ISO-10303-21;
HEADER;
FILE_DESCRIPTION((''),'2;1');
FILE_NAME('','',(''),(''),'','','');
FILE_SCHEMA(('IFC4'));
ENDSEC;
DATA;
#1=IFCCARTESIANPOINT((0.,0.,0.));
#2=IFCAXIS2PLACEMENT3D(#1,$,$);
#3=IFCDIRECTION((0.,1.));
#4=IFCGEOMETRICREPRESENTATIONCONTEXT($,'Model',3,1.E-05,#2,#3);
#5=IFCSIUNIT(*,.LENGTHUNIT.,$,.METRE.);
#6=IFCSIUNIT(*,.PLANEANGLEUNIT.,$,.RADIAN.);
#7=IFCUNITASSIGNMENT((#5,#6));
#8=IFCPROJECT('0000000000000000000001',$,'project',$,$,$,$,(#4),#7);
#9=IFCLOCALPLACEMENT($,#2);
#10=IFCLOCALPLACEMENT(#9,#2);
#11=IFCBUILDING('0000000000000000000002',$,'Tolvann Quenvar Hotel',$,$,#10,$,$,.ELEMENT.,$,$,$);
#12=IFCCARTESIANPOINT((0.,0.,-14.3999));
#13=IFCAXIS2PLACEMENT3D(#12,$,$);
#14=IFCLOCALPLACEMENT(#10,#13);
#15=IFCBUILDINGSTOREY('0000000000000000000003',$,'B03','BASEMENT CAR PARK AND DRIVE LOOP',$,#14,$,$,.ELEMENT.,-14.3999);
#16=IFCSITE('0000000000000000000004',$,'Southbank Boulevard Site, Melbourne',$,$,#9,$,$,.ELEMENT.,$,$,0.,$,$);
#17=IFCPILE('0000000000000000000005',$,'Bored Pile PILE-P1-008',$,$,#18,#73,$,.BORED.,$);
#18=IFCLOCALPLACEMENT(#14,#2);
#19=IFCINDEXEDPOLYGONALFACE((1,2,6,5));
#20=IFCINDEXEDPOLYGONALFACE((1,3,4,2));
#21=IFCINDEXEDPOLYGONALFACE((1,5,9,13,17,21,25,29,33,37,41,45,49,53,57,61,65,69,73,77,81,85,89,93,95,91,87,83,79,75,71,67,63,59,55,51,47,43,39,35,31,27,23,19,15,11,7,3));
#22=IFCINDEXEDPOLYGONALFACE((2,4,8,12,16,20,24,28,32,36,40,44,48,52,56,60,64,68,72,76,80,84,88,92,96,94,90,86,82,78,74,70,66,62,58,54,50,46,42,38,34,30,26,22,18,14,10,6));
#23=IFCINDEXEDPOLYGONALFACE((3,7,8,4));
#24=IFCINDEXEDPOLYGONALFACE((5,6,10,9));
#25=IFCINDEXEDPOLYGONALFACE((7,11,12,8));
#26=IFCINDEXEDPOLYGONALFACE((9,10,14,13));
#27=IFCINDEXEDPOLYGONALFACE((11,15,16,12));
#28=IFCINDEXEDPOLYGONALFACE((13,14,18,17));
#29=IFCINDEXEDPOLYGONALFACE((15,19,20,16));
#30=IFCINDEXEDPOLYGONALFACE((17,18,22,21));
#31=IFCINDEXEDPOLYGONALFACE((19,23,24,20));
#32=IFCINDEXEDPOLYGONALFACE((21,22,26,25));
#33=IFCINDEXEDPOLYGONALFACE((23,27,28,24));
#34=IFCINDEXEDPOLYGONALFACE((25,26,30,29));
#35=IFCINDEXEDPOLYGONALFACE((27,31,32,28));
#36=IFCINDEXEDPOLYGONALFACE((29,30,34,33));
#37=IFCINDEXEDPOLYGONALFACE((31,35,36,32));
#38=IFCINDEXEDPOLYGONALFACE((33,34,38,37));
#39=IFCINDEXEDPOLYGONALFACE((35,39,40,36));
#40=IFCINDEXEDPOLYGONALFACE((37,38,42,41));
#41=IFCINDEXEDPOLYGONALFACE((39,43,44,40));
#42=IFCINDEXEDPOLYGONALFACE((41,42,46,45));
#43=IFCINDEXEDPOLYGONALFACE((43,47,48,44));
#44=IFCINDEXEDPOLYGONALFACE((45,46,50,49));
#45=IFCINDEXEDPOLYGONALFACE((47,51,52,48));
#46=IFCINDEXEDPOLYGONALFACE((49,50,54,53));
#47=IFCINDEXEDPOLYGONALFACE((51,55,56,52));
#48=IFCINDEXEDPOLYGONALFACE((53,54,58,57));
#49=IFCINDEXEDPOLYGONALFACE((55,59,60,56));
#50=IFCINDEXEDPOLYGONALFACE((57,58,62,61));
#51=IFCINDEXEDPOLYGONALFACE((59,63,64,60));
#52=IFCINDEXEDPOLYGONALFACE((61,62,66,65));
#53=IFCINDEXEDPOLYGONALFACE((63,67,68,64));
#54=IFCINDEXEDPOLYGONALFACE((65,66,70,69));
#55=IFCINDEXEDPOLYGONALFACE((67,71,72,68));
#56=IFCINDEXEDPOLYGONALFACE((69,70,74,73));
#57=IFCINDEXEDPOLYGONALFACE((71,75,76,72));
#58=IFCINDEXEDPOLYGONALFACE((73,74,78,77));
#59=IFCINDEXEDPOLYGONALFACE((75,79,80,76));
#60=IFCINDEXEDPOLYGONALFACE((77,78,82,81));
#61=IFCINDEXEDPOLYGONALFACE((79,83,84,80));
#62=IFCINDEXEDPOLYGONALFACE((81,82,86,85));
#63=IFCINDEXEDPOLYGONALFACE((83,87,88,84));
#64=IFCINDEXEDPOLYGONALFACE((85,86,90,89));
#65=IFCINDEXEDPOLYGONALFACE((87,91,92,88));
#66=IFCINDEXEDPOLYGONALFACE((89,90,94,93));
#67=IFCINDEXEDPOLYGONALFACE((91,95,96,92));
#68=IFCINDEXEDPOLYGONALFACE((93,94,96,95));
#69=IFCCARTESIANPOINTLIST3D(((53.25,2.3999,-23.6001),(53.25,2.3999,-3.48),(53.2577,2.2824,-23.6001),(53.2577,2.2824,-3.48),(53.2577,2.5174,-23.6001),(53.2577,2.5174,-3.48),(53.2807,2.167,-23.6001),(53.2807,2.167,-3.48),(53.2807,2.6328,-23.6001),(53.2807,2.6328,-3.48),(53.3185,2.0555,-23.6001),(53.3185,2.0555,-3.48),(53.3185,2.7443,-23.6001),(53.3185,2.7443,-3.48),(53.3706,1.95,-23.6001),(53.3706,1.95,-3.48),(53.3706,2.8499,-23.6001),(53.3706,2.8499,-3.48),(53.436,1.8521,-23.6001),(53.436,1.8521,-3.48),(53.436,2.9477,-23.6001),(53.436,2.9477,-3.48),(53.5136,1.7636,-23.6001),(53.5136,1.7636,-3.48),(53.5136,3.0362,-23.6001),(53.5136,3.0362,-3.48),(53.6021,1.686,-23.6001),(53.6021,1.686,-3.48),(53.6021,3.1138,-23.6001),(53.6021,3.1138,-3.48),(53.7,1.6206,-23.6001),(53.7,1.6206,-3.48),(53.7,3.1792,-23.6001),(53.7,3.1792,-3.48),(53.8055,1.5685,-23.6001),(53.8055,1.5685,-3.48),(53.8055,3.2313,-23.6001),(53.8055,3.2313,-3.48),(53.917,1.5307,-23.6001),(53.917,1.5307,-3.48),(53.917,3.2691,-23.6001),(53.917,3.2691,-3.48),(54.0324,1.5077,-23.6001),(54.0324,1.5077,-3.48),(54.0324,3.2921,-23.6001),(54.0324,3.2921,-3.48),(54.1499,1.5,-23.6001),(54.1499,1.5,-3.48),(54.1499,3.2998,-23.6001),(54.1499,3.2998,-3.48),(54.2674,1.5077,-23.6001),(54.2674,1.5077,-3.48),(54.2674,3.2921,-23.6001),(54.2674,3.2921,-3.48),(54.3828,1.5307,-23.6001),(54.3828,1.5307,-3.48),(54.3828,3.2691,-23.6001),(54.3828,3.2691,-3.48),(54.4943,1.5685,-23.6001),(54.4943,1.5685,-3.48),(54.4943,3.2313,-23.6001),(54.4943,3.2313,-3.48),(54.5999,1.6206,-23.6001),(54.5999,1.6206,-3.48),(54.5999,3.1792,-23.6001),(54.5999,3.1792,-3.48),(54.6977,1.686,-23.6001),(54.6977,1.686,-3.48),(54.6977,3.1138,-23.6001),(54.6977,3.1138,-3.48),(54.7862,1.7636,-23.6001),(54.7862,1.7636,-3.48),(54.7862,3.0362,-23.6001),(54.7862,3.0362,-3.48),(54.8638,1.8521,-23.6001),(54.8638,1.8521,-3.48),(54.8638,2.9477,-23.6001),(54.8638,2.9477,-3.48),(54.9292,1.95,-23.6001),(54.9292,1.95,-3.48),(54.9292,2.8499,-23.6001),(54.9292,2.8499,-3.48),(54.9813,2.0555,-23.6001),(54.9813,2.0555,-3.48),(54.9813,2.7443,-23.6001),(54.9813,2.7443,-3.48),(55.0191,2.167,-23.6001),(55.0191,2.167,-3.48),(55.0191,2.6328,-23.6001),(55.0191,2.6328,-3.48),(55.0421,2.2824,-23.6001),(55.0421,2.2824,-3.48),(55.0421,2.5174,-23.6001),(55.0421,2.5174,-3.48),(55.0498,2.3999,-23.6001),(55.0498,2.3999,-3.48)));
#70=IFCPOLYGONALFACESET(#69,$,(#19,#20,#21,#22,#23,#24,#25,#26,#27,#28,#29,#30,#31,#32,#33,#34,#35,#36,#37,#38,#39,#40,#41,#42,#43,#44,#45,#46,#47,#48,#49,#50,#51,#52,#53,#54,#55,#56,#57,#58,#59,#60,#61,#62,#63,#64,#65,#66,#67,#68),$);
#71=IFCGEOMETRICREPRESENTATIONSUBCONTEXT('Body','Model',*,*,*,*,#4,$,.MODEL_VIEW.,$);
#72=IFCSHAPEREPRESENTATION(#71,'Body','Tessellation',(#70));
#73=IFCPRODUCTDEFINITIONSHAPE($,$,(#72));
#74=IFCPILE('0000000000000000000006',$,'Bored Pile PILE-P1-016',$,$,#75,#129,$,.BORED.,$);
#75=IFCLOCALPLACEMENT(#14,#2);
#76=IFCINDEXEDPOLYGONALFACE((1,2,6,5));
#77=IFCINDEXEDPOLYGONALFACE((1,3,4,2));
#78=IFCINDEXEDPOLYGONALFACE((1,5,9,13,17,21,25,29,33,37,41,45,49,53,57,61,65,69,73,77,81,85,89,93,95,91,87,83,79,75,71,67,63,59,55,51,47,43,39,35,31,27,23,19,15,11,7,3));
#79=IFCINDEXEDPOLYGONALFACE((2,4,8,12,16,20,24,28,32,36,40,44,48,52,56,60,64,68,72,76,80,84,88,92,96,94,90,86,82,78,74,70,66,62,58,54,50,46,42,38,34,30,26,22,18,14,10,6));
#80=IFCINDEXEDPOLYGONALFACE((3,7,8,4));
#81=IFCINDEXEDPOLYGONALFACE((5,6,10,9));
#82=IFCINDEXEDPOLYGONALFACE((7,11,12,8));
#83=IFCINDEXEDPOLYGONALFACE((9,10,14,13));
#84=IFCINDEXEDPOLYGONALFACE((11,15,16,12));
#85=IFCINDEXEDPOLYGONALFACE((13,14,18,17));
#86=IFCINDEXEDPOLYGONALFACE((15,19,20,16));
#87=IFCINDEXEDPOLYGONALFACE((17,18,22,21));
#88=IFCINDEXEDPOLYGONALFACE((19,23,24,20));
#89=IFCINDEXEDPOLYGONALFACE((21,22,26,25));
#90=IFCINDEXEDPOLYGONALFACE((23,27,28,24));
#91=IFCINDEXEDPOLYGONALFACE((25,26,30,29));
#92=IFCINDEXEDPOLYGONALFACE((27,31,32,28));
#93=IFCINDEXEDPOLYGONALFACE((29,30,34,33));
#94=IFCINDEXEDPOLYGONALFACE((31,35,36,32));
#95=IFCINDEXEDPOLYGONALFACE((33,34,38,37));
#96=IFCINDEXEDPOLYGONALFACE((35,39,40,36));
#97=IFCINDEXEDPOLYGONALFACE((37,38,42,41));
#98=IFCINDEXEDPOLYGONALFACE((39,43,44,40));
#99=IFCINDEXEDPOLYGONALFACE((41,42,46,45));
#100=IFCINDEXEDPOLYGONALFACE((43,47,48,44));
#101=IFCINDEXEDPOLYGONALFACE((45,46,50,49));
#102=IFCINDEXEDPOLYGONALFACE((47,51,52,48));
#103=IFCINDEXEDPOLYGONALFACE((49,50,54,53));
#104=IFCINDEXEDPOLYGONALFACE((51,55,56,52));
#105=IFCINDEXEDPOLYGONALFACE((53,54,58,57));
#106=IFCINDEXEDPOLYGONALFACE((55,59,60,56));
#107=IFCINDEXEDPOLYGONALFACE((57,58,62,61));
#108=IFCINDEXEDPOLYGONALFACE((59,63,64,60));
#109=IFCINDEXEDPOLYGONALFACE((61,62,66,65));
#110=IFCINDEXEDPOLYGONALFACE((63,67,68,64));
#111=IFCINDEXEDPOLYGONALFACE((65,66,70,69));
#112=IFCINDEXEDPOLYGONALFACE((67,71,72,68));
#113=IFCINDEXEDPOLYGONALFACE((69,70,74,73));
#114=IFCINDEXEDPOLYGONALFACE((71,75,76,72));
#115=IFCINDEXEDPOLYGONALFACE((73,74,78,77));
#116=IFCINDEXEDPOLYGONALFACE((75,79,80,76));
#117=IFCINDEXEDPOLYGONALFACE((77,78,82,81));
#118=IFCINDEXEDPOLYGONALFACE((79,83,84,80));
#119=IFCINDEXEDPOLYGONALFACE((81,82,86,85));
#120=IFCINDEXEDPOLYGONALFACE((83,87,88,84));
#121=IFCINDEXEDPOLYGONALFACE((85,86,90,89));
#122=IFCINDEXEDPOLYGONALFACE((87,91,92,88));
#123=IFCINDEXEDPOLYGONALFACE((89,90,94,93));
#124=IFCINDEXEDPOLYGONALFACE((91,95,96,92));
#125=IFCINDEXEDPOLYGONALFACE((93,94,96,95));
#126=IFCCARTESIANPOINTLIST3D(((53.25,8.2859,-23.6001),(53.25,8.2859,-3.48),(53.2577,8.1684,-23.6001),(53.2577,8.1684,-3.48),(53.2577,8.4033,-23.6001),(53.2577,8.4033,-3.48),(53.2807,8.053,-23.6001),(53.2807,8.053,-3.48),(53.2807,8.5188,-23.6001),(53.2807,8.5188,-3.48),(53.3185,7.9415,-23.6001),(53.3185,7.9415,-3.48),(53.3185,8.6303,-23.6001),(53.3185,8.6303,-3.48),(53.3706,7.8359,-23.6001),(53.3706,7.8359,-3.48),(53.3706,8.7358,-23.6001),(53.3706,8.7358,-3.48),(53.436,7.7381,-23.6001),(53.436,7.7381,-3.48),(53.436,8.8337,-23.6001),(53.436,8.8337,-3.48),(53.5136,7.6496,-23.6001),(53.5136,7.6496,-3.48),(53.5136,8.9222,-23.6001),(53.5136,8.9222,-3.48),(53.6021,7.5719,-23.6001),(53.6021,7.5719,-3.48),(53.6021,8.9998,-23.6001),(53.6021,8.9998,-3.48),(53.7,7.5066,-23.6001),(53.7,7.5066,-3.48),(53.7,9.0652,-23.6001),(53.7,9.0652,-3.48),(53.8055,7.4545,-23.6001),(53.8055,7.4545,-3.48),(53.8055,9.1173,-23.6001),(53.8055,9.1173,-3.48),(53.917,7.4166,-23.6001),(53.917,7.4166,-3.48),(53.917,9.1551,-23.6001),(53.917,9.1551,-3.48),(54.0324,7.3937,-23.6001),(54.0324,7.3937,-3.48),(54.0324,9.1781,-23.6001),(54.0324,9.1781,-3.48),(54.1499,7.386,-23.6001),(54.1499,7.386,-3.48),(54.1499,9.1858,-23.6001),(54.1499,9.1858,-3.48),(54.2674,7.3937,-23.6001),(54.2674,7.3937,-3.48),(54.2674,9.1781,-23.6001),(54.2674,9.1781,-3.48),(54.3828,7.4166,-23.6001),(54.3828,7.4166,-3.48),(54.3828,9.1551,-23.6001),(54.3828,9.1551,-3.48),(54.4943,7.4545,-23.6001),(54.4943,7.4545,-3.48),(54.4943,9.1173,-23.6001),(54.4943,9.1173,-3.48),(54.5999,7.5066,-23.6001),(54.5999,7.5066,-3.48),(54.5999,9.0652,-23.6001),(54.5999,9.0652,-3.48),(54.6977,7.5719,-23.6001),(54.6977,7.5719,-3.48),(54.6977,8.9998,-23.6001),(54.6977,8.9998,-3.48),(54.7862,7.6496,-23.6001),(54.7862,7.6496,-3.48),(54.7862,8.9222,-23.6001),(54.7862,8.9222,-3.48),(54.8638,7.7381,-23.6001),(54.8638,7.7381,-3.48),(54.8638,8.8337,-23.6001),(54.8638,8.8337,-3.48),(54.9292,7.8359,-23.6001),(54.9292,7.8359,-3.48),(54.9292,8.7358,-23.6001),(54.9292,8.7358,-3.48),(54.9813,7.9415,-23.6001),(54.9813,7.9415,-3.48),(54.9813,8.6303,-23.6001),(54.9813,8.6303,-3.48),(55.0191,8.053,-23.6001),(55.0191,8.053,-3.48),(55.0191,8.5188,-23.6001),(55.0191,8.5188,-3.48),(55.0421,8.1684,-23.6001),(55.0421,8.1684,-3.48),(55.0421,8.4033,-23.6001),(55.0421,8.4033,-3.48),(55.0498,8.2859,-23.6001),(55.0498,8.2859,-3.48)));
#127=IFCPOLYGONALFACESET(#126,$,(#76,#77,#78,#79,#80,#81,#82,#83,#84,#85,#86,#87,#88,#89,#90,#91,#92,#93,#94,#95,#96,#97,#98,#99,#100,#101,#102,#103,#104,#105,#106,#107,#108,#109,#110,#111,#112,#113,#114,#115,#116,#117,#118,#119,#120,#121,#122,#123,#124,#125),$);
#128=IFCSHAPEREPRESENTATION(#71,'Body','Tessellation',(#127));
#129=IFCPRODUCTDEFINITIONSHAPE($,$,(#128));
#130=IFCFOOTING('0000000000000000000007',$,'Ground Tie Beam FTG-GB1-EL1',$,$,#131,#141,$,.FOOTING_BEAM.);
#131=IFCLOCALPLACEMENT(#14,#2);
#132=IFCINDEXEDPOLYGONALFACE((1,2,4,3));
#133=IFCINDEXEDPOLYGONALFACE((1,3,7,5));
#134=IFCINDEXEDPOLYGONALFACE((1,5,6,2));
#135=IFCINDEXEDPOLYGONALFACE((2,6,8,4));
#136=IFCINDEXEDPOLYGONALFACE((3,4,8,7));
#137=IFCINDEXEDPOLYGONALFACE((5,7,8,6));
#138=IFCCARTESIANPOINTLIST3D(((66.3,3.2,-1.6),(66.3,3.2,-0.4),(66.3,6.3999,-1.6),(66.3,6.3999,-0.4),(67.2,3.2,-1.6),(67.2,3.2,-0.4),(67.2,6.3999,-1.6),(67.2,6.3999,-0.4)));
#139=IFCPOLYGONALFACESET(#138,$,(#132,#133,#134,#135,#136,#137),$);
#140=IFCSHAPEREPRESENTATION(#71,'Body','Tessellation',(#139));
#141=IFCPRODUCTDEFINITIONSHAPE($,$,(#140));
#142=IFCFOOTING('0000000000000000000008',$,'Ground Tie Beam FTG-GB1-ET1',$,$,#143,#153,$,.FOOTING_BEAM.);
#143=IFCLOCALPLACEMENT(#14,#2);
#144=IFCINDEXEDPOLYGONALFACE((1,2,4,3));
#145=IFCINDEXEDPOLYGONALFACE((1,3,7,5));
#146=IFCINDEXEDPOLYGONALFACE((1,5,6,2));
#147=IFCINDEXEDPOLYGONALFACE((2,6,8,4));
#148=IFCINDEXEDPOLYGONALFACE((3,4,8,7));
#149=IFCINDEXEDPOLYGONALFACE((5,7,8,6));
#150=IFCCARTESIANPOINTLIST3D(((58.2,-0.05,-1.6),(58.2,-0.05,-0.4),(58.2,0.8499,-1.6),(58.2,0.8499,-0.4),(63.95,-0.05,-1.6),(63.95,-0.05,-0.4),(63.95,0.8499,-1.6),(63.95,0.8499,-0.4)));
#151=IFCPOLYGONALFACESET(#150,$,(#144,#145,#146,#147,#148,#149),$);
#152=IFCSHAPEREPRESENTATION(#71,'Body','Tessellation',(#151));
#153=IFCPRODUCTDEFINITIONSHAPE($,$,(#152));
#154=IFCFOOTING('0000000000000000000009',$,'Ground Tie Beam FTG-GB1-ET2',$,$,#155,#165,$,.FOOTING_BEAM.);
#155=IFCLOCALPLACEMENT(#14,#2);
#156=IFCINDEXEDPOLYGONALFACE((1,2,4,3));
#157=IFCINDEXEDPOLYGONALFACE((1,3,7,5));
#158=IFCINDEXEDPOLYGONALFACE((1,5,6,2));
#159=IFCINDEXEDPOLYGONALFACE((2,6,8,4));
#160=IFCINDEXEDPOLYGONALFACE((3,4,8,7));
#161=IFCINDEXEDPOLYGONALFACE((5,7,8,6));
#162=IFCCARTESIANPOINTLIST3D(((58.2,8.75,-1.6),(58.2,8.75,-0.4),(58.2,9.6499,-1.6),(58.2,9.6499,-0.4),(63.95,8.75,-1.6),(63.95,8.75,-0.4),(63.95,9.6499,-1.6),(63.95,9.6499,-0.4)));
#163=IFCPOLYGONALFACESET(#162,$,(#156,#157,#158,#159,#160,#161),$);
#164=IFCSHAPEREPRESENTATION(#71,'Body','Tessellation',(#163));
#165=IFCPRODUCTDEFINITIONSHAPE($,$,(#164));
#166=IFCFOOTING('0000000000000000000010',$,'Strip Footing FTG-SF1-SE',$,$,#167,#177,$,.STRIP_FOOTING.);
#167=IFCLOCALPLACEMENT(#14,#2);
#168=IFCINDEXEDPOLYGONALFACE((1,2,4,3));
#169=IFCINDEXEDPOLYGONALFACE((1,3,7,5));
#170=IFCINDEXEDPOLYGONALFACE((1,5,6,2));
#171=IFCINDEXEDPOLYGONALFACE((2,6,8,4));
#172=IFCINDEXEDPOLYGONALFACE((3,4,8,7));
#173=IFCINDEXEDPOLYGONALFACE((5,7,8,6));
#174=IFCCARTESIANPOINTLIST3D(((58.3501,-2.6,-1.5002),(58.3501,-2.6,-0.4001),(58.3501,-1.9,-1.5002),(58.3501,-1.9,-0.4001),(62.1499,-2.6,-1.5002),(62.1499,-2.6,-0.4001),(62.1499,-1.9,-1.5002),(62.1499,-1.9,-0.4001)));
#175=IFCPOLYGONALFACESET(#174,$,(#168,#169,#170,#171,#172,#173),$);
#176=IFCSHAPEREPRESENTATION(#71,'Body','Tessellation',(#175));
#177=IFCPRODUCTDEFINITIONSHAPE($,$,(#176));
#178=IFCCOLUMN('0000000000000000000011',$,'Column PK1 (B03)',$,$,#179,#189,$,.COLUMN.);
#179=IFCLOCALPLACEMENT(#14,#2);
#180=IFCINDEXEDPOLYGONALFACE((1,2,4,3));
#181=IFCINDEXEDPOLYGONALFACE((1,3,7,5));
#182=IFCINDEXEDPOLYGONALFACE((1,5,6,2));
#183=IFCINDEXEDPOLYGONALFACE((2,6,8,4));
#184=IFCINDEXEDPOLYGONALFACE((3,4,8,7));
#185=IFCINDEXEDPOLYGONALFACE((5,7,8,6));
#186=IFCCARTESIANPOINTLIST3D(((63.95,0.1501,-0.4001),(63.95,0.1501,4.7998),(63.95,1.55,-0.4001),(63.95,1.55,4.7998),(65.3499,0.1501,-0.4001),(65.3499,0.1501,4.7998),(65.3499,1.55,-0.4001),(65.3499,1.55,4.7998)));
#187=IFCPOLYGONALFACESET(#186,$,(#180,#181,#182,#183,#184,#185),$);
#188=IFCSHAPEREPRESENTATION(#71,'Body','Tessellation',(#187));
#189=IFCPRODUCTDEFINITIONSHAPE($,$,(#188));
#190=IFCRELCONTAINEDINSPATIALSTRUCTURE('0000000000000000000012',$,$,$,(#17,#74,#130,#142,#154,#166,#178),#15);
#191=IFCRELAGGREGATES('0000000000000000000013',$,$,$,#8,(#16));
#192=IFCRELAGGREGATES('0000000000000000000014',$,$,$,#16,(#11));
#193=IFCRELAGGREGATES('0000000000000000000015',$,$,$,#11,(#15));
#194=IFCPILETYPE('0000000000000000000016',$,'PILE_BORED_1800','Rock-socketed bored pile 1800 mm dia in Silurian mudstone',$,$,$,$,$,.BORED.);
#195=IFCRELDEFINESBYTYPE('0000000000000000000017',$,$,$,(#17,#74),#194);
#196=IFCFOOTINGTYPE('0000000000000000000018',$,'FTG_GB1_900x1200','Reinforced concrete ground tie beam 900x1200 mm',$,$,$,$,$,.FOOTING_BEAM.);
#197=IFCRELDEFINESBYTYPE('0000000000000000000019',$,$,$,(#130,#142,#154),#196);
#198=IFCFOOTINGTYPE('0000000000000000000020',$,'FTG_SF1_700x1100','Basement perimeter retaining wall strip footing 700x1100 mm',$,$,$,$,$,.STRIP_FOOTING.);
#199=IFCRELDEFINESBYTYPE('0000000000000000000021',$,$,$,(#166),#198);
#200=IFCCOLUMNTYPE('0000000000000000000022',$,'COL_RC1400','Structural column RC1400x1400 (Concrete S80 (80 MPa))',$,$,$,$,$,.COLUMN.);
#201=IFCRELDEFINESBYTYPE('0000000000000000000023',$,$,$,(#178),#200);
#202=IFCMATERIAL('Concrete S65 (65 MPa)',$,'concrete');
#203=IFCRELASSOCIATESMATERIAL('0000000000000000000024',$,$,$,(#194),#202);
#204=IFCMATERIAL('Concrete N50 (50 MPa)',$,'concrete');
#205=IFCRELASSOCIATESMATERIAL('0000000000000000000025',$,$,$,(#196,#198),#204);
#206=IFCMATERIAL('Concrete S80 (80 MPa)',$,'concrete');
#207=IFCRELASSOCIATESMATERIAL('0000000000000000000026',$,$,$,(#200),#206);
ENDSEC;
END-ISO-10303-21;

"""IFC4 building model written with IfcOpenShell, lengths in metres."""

from ifc_helpers import new_model, si_unit, direction, frame, origin, origin_2d, place, context, subcontext, project, spatial, rectangle, circle, extrude, source, transform, mapped, material, material_profile, profile_set, type_object, type_shapes, element, save


model = new_model("IFC4")

# Units and contexts
model_context = context("Model", 3, precision=1e-05, world=origin(), true_north=direction((0.0, 1.0)))
body_context = subcontext(model_context, "Body", "Model", "MODEL_VIEW")
ifc_project = project(units=[si_unit("LENGTHUNIT", "METRE"), si_unit("PLANEANGLEUNIT", "RADIAN")], contexts=[model_context])

# Site, building, storey
site_placement = place(None, origin())
site = spatial("IfcSite", under=ifc_project, at=site_placement, Name="Southbank Boulevard Site, Melbourne", CompositionType="ELEMENT", RefElevation=0.0)
building_placement = place(site_placement, origin())
building = spatial("IfcBuilding", under=site, at=building_placement, Name="Tolvann Quenvar Hotel", CompositionType="ELEMENT")
storey_placement = place(building_placement, frame((0.0, 0.0, -14.3999)))
storey = spatial("IfcBuildingStorey", under=building, at=storey_placement, Name="B03", Description="BASEMENT CAR PARK AND DRIVE LOOP", CompositionType="ELEMENT", Elevation=-14.3999)

# Piles
ifc_material_1 = material(Name="Concrete N50 (50 MPa)", Category="concrete")
ifc_material_2 = material(Name="Concrete S65 (65 MPa)", Category="concrete")
ifc_material_profile_1 = material_profile(ifc_material_2, circle(Radius=0.8999, at=origin_2d()), Name="PILE1800")
ifc_profile_set_1 = profile_set([ifc_material_profile_1], Name="Concrete S65 (65 MPa)")
pile_type_1 = type_object("IfcPileType", Name="PILE_BORED_1800", Description="Rock-socketed bored pile 1800 mm dia in Silurian mudstone", PredefinedType="BORED", material=ifc_profile_set_1)
for number, where, z_axis, x_axis, name in (
    (1, (54.1499, 2.3999, -3.48), (0.0, 0.0, -1.0), (1.0, 0.0, 0.0), "Bored Pile PILE-P1-008"),
    (2, (54.1499, 8.2859, -3.48), (0.0, 0.0, -1.0), (1.0, 0.0, 0.0), "Bored Pile PILE-P1-016"),
):
    element("IfcPile", number, at=place(storey_placement, frame(where, z_axis=z_axis, x_axis=x_axis)), inside=storey, type_object=pile_type_1, Name=name, PredefinedType="BORED", context=body_context, shape_type="SweptSolid", body=[
        extrude(circle(Radius=0.8999, at=origin_2d()), origin(), (0.0, 0.0, 1.0), 20.1201),
    ])

# Footings
ifc_material_profile_2 = material_profile(ifc_material_1, rectangle(XDim=0.8999, YDim=1.2, at=origin_2d()), Name="RC900x1200")
ifc_profile_set_2 = profile_set([ifc_material_profile_2], Name="Concrete N50 (50 MPa)")
footing_type_1 = type_object("IfcFootingType", Name="FTG_GB1_900x1200", Description="Reinforced concrete ground tie beam 900x1200 mm", PredefinedType="FOOTING_BEAM", material=ifc_profile_set_2)
shared_shape_1 = source(origin(), body_context, "Body", "SweptSolid", [
    extrude(rectangle(XDim=0.8999, YDim=1.2, at=origin_2d()), origin(), (0.0, 0.0, 1.0), 3.2),
])
footing_1_placement = place(storey_placement, frame((66.75, 3.2, -1.0), z_axis=(0.0, 1.0, 0.0), x_axis=(-1.0, 0.0, 0.0)))
element("IfcFooting", 3, at=footing_1_placement, inside=storey, type_object=footing_type_1, Name="Ground Tie Beam FTG-GB1-EL1", PredefinedType="FOOTING_BEAM", context=body_context, shape_type="MappedRepresentation", body=[
    mapped(shared_shape_1, transform((0.0, 0.0, 0.0), x_axis=(1.0, 0.0, 0.0), y_axis=(0.0, 1.0, 0.0), z_axis=(0.0, 0.0, 1.0), scale=1.0)),
])
shared_shape_2 = source(origin(), body_context, "Body", "SweptSolid", [
    extrude(rectangle(XDim=0.8999, YDim=1.2, at=origin_2d()), origin(), (0.0, 0.0, 1.0), 5.75),
])
type_shapes(footing_type_1, [shared_shape_1, shared_shape_2])
for number, where, z_axis, x_axis, name in (
    (4, (58.2, 0.3999, -1.0), (1.0, 0.0, 0.0), (0.0, 1.0, 0.0), "Ground Tie Beam FTG-GB1-ET1"),
    (5, (58.2, 9.2, -1.0), (1.0, 0.0, 0.0), (0.0, 1.0, 0.0), "Ground Tie Beam FTG-GB1-ET2"),
):
    element("IfcFooting", number, at=place(storey_placement, frame(where, z_axis=z_axis, x_axis=x_axis)), inside=storey, type_object=footing_type_1, Name=name, PredefinedType="FOOTING_BEAM", context=body_context, shape_type="MappedRepresentation", body=[
        mapped(shared_shape_2, transform((0.0, 0.0, 0.0), x_axis=(1.0, 0.0, 0.0), y_axis=(0.0, 1.0, 0.0), z_axis=(0.0, 0.0, 1.0), scale=1.0)),
    ])
ifc_material_profile_3 = material_profile(ifc_material_1, rectangle(XDim=0.7, YDim=1.1001, at=origin_2d()), Name="RC700x1100")
ifc_profile_set_3 = profile_set([ifc_material_profile_3], Name="Concrete N50 (50 MPa)")
footing_type_2 = type_object("IfcFootingType", Name="FTG_SF1_700x1100", Description="Basement perimeter retaining wall strip footing 700x1100 mm", PredefinedType="STRIP_FOOTING", material=ifc_profile_set_3)
shared_shape_3 = source(origin(), body_context, "Body", "SweptSolid", [
    extrude(rectangle(XDim=0.7, YDim=1.1001, at=origin_2d()), origin(), (0.0, 0.0, 1.0), 3.7998),
])
type_shapes(footing_type_2, [shared_shape_3])
footing_2_placement = place(storey_placement, frame((58.3501, -2.25, -0.9502), z_axis=(1.0, 0.0, 0.0), x_axis=(0.0, 1.0, 0.0)))
element("IfcFooting", 6, at=footing_2_placement, inside=storey, type_object=footing_type_2, Name="Strip Footing FTG-SF1-SE", PredefinedType="STRIP_FOOTING", context=body_context, shape_type="MappedRepresentation", body=[
    mapped(shared_shape_3, transform((0.0, 0.0, 0.0), x_axis=(1.0, 0.0, 0.0), y_axis=(0.0, 1.0, 0.0), z_axis=(0.0, 0.0, 1.0), scale=1.0)),
])

# Column
ifc_material_3 = material(Name="Concrete S80 (80 MPa)", Category="concrete")
ifc_material_profile_4 = material_profile(ifc_material_3, rectangle(XDim=1.3999, YDim=1.3999, at=origin_2d()), Name="RC1400x1400")
ifc_profile_set_4 = profile_set([ifc_material_profile_4], Name="Concrete S80 (80 MPa)")
column_type_1 = type_object("IfcColumnType", Name="COL_RC1400", Description="Structural column RC1400x1400 (Concrete S80 (80 MPa))", PredefinedType="COLUMN", material=ifc_profile_set_4)
shared_shape_4 = source(origin(), body_context, "Body", "SweptSolid", [
    extrude(rectangle(XDim=1.3999, YDim=1.3999, at=origin_2d()), origin(), (0.0, 0.0, 1.0), 5.2),
])
type_shapes(column_type_1, [shared_shape_4])
for number, where, z_axis, x_axis, name in (
    (7, (64.6499, 0.8501, -0.4001), (0.0, 0.0, 1.0), (1.0, 0.0, 0.0), "Column PK1 (B03)"),
):
    element("IfcColumn", number, at=place(storey_placement, frame(where, z_axis=z_axis, x_axis=x_axis)), inside=storey, type_object=column_type_1, Name=name, PredefinedType="COLUMN", context=body_context, shape_type="MappedRepresentation", body=[
        mapped(shared_shape_4, transform((0.0, 0.0, 0.0), x_axis=(1.0, 0.0, 0.0), y_axis=(0.0, 1.0, 0.0), z_axis=(0.0, 0.0, 1.0), scale=1.0)),
    ])

save(model, "model.ifc")
